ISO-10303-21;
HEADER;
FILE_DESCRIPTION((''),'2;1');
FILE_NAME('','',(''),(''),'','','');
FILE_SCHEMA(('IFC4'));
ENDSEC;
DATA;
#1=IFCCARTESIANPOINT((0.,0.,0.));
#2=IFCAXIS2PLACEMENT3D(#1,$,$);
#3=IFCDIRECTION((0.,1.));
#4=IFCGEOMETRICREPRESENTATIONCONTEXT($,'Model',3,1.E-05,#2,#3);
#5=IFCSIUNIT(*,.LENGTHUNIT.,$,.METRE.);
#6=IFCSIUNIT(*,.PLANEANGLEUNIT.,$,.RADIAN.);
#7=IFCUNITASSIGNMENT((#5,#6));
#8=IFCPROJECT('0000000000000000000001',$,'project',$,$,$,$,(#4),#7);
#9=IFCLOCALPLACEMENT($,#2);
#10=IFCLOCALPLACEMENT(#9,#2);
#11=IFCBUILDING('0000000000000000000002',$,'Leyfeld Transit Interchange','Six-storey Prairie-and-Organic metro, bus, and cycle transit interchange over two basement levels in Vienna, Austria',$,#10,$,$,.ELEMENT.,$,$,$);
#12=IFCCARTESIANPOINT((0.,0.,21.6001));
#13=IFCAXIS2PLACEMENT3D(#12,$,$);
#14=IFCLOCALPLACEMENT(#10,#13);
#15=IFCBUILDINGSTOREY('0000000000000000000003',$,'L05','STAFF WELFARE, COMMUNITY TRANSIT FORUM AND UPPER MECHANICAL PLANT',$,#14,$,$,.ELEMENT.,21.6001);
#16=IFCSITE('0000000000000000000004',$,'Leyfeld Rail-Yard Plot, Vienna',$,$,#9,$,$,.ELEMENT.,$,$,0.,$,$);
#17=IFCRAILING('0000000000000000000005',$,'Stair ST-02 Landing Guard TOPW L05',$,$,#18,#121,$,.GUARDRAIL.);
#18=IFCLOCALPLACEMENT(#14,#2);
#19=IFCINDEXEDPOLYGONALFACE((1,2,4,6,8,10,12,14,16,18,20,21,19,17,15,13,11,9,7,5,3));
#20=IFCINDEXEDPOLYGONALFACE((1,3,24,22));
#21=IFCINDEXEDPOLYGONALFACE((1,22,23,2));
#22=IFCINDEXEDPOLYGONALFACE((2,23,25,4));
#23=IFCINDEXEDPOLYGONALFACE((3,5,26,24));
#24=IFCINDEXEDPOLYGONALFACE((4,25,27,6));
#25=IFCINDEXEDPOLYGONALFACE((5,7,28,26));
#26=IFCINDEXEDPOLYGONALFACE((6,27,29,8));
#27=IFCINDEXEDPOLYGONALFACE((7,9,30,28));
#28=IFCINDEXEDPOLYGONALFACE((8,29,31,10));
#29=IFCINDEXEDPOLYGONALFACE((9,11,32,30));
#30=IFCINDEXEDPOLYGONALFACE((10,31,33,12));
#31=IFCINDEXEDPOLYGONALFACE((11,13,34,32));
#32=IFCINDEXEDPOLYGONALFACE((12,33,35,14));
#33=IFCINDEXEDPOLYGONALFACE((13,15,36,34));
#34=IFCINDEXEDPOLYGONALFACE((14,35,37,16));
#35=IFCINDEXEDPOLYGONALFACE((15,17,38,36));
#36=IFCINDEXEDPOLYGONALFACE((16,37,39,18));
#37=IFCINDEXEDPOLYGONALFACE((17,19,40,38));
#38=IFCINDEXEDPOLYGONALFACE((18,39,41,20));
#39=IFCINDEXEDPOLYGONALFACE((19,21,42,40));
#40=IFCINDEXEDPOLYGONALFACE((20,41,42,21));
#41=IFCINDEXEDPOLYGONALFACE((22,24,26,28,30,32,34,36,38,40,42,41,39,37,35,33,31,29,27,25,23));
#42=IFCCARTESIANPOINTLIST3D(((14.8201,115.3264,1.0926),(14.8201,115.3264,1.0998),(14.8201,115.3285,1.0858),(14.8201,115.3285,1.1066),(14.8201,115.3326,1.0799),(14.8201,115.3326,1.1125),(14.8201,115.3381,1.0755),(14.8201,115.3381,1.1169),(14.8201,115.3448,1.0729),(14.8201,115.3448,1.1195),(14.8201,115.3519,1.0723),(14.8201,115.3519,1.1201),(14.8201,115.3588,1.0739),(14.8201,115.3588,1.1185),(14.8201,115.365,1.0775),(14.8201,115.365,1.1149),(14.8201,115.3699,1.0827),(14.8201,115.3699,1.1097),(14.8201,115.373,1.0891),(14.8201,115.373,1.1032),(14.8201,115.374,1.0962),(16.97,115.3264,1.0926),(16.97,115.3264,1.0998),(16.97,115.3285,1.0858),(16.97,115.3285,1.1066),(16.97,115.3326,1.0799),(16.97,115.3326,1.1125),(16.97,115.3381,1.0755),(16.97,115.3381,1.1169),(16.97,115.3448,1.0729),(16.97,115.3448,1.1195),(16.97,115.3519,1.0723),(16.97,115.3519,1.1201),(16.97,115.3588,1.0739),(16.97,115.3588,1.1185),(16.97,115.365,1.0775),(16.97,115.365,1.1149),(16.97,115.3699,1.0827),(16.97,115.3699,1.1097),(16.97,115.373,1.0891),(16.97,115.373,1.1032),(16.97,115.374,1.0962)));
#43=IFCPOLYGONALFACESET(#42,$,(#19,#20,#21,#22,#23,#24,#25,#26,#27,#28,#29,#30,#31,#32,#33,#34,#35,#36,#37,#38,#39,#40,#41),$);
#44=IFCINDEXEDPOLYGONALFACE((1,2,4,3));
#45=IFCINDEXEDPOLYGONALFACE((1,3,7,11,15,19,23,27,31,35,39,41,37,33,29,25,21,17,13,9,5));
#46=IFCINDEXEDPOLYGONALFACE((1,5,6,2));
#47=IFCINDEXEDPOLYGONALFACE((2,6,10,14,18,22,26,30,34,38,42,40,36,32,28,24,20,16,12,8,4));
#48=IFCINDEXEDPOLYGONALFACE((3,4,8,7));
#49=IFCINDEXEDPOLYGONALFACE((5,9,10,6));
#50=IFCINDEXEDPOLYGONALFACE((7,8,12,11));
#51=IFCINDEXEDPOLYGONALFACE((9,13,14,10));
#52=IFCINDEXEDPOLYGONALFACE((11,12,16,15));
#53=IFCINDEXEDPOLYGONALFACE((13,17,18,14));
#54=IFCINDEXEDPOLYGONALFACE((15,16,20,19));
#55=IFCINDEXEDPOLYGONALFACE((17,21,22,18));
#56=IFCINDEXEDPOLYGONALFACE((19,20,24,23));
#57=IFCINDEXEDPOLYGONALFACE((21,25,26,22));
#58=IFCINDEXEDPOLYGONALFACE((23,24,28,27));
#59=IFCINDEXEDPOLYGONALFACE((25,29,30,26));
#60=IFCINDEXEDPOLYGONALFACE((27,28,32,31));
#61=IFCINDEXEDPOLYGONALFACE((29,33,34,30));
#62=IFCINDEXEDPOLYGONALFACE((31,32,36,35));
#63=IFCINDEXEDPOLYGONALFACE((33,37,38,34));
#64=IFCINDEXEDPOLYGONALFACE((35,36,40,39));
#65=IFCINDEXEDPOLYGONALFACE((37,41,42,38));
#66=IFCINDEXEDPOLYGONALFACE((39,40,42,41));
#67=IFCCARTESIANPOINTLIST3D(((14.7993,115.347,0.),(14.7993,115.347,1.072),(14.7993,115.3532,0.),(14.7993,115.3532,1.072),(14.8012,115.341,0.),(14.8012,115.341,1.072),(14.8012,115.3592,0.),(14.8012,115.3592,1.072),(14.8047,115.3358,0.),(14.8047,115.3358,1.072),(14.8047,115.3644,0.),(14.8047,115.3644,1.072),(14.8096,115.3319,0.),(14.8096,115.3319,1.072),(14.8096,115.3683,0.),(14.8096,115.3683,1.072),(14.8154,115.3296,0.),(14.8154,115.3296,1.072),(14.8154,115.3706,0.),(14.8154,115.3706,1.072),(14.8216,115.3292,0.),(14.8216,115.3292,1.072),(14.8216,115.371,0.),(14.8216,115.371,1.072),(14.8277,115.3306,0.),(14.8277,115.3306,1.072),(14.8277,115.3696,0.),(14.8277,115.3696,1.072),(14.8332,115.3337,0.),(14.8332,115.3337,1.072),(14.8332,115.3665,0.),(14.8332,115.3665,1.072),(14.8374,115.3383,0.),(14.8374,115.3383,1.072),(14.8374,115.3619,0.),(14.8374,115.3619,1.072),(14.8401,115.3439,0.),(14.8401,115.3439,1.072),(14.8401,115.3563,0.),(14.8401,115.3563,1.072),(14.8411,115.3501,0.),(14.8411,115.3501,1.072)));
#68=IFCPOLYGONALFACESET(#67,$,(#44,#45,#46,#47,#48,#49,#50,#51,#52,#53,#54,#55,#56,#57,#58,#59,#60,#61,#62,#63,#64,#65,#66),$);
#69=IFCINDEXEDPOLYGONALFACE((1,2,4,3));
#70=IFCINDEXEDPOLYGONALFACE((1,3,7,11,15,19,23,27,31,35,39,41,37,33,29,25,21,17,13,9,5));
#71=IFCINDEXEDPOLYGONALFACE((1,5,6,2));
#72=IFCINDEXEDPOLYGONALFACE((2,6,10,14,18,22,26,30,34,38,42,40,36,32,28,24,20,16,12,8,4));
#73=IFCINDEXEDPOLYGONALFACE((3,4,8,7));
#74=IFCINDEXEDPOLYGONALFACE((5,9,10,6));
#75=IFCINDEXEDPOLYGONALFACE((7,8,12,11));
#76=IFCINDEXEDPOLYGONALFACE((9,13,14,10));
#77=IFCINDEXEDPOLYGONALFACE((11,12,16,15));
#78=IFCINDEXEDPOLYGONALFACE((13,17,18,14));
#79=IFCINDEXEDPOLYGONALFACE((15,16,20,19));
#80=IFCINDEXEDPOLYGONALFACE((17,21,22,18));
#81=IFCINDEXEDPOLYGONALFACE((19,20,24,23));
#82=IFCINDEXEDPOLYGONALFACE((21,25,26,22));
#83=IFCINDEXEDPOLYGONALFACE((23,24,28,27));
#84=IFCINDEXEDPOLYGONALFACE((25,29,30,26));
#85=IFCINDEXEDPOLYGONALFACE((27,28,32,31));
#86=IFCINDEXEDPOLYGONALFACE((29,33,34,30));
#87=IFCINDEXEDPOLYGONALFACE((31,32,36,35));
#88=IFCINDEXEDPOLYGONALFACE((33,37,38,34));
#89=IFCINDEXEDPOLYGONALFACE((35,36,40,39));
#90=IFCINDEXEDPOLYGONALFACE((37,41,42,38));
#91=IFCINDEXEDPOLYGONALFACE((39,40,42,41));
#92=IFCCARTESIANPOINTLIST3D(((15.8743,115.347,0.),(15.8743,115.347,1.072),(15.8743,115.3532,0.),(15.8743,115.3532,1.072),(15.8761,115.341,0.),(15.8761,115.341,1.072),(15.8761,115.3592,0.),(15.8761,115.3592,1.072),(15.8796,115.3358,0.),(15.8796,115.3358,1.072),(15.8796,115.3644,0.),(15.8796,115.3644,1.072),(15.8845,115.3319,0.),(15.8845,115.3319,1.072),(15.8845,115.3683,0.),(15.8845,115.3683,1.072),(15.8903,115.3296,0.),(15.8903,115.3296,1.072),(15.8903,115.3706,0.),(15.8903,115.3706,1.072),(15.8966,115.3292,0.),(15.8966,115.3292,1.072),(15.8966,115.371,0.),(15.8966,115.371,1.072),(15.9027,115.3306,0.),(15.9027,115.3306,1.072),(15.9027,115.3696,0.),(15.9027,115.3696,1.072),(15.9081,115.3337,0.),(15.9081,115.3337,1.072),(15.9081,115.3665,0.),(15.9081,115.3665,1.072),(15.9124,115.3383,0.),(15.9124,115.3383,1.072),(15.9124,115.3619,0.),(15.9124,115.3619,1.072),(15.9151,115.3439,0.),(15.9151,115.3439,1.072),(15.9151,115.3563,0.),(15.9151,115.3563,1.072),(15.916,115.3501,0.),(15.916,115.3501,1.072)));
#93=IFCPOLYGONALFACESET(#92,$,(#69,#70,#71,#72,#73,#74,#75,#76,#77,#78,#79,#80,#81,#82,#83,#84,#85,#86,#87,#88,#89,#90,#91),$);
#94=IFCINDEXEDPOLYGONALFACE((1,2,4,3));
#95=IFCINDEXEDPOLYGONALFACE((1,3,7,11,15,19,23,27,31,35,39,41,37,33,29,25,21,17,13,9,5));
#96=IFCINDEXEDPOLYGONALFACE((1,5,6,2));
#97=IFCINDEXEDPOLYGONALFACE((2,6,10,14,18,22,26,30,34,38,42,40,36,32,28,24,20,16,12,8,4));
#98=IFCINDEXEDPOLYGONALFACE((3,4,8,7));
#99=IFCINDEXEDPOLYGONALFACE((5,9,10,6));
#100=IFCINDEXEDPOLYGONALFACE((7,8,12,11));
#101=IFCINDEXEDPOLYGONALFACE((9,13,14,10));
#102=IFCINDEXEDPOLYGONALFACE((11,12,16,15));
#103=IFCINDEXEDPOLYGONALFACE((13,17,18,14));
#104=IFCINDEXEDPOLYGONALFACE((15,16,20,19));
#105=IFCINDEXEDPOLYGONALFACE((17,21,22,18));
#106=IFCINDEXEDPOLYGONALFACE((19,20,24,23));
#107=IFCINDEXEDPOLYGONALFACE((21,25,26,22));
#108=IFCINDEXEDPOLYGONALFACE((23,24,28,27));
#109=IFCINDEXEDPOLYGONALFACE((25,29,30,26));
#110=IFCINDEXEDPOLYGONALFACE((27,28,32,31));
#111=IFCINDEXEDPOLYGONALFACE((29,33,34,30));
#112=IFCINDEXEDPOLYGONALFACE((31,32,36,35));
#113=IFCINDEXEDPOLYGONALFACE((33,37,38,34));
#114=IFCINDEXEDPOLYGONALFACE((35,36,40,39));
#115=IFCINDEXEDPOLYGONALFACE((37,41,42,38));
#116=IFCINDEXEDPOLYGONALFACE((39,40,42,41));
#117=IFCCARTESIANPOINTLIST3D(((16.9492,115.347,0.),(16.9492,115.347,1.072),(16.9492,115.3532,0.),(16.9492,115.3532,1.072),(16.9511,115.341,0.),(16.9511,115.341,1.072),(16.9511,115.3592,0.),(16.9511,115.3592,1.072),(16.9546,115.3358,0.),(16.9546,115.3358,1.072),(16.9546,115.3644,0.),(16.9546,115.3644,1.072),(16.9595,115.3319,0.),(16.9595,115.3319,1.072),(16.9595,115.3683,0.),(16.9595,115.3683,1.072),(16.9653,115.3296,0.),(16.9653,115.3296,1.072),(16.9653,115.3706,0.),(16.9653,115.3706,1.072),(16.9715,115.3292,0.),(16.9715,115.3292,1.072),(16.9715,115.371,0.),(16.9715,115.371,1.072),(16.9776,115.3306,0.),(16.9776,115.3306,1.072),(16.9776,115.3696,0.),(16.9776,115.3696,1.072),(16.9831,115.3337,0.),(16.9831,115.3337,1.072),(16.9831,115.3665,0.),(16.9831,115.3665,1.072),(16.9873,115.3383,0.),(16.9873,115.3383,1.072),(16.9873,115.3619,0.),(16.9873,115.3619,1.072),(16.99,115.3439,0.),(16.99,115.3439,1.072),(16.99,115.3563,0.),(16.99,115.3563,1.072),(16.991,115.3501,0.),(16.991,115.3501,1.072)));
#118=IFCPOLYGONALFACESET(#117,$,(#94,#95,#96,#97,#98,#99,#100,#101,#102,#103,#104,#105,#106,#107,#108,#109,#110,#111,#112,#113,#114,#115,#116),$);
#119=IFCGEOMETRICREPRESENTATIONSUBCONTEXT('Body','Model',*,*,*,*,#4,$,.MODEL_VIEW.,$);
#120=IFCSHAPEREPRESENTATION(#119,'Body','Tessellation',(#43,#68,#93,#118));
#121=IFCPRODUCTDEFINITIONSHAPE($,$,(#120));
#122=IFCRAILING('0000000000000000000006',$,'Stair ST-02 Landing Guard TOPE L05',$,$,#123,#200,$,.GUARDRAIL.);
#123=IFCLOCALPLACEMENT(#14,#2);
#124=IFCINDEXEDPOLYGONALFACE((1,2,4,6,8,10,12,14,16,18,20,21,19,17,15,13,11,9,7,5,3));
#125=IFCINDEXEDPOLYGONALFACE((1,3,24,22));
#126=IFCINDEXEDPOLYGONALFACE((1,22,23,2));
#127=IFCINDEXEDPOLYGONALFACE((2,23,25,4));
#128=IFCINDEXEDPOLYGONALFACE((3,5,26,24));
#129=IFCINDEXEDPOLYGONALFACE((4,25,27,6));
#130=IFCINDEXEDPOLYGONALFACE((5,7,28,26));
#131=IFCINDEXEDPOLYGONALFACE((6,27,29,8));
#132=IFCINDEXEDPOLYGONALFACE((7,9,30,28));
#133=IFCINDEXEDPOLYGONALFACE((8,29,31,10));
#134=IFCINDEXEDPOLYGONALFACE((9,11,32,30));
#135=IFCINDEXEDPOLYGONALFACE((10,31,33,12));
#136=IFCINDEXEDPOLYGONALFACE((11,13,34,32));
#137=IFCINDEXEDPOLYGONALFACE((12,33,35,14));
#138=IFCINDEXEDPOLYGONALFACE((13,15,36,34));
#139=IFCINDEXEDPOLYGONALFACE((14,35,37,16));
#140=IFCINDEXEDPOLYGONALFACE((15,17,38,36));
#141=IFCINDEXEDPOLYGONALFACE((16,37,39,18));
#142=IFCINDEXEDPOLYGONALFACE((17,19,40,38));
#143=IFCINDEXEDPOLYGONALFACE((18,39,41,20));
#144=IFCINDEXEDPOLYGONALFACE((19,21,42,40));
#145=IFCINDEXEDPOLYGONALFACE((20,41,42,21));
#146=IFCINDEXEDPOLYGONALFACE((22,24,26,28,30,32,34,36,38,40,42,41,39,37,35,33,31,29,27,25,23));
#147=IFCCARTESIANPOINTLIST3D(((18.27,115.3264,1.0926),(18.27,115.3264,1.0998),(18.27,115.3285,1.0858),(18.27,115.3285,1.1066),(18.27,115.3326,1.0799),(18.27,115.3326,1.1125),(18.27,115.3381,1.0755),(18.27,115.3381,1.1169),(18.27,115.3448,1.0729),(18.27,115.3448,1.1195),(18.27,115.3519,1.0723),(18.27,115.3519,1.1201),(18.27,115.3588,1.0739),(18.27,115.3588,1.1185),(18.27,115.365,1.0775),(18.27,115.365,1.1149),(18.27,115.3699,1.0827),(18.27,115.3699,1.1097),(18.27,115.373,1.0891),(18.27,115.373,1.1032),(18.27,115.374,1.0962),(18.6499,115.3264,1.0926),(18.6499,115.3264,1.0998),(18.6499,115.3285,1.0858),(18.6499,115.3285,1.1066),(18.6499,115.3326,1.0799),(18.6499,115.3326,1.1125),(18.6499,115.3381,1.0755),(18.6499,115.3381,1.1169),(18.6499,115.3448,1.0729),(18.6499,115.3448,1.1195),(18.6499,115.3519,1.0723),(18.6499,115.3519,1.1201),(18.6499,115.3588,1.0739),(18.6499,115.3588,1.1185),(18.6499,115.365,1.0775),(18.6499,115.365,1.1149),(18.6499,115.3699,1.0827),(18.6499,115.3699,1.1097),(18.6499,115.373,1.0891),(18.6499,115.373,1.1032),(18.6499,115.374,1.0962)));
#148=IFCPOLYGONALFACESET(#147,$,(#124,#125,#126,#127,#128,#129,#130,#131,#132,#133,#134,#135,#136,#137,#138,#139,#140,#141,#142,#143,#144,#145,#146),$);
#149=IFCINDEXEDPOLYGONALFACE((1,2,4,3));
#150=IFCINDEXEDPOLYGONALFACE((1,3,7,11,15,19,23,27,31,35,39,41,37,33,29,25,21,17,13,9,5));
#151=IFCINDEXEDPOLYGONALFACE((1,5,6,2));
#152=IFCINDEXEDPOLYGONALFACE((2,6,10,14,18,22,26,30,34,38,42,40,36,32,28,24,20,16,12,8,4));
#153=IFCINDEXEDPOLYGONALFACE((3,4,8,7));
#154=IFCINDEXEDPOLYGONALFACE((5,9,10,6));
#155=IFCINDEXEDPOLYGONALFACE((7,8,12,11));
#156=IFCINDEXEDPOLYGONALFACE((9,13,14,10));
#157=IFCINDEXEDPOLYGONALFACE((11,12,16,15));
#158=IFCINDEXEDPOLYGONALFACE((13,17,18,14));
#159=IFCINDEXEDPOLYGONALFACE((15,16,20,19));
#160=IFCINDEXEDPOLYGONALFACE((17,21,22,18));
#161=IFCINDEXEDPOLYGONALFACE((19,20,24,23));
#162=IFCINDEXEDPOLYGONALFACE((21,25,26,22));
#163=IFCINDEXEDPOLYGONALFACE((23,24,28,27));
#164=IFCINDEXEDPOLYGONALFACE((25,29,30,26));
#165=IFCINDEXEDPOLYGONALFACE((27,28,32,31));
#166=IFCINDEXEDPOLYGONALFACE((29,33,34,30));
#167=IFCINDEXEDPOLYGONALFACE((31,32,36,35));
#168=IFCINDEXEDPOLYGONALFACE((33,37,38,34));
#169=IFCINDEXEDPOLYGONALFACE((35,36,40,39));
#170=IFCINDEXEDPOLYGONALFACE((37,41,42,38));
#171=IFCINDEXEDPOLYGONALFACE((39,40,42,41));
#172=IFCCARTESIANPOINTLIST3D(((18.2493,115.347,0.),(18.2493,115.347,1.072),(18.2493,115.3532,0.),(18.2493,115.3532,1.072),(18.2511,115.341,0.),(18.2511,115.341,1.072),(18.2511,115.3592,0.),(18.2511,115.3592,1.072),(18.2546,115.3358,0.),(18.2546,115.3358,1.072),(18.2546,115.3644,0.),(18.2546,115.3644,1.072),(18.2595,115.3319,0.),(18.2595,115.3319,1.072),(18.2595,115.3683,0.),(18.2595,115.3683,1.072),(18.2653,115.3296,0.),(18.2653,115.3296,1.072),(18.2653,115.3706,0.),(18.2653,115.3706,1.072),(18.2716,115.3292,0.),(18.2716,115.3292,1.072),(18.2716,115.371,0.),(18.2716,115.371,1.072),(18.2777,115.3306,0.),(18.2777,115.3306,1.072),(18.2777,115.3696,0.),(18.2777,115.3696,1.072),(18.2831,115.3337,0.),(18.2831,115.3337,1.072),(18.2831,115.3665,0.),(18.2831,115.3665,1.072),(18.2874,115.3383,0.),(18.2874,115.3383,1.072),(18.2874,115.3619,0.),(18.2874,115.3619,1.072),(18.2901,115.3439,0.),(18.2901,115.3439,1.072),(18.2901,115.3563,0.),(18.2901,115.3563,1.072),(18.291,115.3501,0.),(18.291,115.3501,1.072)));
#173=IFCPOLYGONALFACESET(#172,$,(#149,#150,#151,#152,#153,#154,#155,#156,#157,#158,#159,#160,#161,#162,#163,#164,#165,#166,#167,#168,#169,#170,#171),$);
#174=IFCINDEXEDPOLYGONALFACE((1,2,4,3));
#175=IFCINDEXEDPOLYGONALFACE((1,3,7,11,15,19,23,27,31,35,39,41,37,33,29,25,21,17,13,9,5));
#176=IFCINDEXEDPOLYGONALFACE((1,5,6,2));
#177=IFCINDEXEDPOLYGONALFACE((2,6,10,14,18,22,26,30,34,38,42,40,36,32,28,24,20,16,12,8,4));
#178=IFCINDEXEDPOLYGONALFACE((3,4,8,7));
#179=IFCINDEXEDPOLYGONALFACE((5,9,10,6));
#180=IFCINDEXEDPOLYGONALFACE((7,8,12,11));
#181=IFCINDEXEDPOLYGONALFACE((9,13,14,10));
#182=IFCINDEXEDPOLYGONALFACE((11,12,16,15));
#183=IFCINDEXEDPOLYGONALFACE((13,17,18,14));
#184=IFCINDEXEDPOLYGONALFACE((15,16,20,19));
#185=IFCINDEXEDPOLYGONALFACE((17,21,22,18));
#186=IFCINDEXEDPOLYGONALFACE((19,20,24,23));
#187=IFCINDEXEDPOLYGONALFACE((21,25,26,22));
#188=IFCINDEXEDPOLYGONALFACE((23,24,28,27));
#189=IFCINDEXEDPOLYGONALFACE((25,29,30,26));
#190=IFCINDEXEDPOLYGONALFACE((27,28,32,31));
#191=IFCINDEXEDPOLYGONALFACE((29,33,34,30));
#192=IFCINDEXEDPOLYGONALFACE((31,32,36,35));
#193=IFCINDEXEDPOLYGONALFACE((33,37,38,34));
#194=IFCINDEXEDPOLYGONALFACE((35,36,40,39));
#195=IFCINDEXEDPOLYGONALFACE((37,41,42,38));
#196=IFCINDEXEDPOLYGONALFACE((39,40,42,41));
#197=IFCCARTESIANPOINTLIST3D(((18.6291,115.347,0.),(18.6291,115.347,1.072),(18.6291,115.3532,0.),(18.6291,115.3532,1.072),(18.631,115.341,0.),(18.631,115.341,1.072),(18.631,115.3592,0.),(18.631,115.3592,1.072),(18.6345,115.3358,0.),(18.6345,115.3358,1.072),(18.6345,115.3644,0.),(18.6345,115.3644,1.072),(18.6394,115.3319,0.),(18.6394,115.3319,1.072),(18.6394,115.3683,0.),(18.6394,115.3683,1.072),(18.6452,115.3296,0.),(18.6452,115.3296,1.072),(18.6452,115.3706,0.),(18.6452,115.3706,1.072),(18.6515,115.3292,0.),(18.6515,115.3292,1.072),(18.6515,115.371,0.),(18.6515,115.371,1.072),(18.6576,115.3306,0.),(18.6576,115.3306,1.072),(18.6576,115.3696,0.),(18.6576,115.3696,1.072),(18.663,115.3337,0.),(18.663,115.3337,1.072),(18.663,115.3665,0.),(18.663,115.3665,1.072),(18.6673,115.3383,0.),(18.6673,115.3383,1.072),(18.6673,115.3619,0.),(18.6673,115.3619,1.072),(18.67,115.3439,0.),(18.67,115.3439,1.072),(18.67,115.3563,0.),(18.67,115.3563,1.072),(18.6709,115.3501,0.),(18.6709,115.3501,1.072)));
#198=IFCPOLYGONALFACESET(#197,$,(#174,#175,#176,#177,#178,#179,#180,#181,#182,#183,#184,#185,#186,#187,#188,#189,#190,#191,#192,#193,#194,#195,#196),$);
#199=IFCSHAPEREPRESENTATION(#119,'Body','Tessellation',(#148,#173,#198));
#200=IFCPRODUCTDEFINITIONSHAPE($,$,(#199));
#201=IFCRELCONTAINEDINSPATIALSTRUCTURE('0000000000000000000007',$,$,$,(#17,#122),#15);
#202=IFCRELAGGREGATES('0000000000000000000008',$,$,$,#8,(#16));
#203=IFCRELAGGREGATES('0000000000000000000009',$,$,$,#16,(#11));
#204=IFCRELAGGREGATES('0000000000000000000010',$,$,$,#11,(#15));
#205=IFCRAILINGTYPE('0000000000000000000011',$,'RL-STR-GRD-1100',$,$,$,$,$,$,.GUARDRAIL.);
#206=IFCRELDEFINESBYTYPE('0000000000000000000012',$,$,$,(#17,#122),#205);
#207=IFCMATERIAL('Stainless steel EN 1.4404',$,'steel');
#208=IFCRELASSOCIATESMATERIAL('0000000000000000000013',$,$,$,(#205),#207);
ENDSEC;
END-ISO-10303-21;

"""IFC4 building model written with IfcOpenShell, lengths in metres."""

from ifc_helpers import new_model, si_unit, direction, frame, origin, origin_2d, place, context, subcontext, project, spatial, circle, extrude, material, type_object, element, save


model = new_model("IFC4")

# Units and contexts
model_context = context("Model", 3, precision=1e-05, world=origin(), true_north=direction((0.0, 1.0)))
body_context = subcontext(model_context, "Body", "Model", "MODEL_VIEW")
ifc_project = project(units=[si_unit("LENGTHUNIT", "METRE"), si_unit("PLANEANGLEUNIT", "RADIAN")], contexts=[model_context])

# Site, building, storey
site_placement = place(None, origin())
site = spatial("IfcSite", under=ifc_project, at=site_placement, Name="Leyfeld Rail-Yard Plot, Vienna", CompositionType="ELEMENT", RefElevation=0.0)
building_placement = place(site_placement, origin())
building = spatial("IfcBuilding", under=site, at=building_placement, Name="Leyfeld Transit Interchange", Description="Six-storey Prairie-and-Organic metro, bus, and cycle transit interchange over two basement levels in Vienna, Austria", CompositionType="ELEMENT")
storey_placement = place(building_placement, frame((0.0, 0.0, 21.6001)))
storey = spatial("IfcBuildingStorey", under=building, at=storey_placement, Name="L05", Description="STAFF WELFARE, COMMUNITY TRANSIT FORUM AND UPPER MECHANICAL PLANT", CompositionType="ELEMENT", Elevation=21.6001)

# Shared definitions
ifc_material_1 = material(Name="Stainless steel EN 1.4404", Category="steel")

# Railings
railing_type = type_object("IfcRailingType", Name="RL-STR-GRD-1100", PredefinedType="GUARDRAIL", material=ifc_material_1)
railing_1_placement = place(storey_placement, frame((14.8201, 115.3501, 0.0)))
element("IfcRailing", 1, at=railing_1_placement, inside=storey, type_object=railing_type, Name="Stair ST-02 Landing Guard TOPW L05", PredefinedType="GUARDRAIL", context=body_context, shape_type="SweptSolid", body=[
    extrude(circle(Radius=0.0239, at=origin_2d()), frame((0.0, 0.0, 1.0962), z_axis=(1.0, 0.0, 0.0), x_axis=(0.0, 1.0, 0.0)), (0.0, 0.0, 1.0), 2.1499),
    extrude(circle(Radius=0.021, at=origin_2d()), origin(), (0.0, 0.0, 1.0), 1.072),
    extrude(circle(Radius=0.021, at=origin_2d()), frame((1.075, 0.0, 0.0)), (0.0, 0.0, 1.0), 1.072),
    extrude(circle(Radius=0.021, at=origin_2d()), frame((2.1499, 0.0, 0.0)), (0.0, 0.0, 1.0), 1.072),
])
railing_2_placement = place(storey_placement, frame((18.27, 115.3501, 0.0)))
element("IfcRailing", 2, at=railing_2_placement, inside=storey, type_object=railing_type, Name="Stair ST-02 Landing Guard TOPE L05", PredefinedType="GUARDRAIL", context=body_context, shape_type="SweptSolid", body=[
    extrude(circle(Radius=0.0239, at=origin_2d()), frame((0.0, 0.0, 1.0962), z_axis=(1.0, 0.0, 0.0), x_axis=(0.0, 1.0, 0.0)), (0.0, 0.0, 1.0), 0.3799),
    extrude(circle(Radius=0.021, at=origin_2d()), origin(), (0.0, 0.0, 1.0), 1.072),
    extrude(circle(Radius=0.021, at=origin_2d()), frame((0.3799, 0.0, 0.0)), (0.0, 0.0, 1.0), 1.072),
])

save(model, "model.ifc")
